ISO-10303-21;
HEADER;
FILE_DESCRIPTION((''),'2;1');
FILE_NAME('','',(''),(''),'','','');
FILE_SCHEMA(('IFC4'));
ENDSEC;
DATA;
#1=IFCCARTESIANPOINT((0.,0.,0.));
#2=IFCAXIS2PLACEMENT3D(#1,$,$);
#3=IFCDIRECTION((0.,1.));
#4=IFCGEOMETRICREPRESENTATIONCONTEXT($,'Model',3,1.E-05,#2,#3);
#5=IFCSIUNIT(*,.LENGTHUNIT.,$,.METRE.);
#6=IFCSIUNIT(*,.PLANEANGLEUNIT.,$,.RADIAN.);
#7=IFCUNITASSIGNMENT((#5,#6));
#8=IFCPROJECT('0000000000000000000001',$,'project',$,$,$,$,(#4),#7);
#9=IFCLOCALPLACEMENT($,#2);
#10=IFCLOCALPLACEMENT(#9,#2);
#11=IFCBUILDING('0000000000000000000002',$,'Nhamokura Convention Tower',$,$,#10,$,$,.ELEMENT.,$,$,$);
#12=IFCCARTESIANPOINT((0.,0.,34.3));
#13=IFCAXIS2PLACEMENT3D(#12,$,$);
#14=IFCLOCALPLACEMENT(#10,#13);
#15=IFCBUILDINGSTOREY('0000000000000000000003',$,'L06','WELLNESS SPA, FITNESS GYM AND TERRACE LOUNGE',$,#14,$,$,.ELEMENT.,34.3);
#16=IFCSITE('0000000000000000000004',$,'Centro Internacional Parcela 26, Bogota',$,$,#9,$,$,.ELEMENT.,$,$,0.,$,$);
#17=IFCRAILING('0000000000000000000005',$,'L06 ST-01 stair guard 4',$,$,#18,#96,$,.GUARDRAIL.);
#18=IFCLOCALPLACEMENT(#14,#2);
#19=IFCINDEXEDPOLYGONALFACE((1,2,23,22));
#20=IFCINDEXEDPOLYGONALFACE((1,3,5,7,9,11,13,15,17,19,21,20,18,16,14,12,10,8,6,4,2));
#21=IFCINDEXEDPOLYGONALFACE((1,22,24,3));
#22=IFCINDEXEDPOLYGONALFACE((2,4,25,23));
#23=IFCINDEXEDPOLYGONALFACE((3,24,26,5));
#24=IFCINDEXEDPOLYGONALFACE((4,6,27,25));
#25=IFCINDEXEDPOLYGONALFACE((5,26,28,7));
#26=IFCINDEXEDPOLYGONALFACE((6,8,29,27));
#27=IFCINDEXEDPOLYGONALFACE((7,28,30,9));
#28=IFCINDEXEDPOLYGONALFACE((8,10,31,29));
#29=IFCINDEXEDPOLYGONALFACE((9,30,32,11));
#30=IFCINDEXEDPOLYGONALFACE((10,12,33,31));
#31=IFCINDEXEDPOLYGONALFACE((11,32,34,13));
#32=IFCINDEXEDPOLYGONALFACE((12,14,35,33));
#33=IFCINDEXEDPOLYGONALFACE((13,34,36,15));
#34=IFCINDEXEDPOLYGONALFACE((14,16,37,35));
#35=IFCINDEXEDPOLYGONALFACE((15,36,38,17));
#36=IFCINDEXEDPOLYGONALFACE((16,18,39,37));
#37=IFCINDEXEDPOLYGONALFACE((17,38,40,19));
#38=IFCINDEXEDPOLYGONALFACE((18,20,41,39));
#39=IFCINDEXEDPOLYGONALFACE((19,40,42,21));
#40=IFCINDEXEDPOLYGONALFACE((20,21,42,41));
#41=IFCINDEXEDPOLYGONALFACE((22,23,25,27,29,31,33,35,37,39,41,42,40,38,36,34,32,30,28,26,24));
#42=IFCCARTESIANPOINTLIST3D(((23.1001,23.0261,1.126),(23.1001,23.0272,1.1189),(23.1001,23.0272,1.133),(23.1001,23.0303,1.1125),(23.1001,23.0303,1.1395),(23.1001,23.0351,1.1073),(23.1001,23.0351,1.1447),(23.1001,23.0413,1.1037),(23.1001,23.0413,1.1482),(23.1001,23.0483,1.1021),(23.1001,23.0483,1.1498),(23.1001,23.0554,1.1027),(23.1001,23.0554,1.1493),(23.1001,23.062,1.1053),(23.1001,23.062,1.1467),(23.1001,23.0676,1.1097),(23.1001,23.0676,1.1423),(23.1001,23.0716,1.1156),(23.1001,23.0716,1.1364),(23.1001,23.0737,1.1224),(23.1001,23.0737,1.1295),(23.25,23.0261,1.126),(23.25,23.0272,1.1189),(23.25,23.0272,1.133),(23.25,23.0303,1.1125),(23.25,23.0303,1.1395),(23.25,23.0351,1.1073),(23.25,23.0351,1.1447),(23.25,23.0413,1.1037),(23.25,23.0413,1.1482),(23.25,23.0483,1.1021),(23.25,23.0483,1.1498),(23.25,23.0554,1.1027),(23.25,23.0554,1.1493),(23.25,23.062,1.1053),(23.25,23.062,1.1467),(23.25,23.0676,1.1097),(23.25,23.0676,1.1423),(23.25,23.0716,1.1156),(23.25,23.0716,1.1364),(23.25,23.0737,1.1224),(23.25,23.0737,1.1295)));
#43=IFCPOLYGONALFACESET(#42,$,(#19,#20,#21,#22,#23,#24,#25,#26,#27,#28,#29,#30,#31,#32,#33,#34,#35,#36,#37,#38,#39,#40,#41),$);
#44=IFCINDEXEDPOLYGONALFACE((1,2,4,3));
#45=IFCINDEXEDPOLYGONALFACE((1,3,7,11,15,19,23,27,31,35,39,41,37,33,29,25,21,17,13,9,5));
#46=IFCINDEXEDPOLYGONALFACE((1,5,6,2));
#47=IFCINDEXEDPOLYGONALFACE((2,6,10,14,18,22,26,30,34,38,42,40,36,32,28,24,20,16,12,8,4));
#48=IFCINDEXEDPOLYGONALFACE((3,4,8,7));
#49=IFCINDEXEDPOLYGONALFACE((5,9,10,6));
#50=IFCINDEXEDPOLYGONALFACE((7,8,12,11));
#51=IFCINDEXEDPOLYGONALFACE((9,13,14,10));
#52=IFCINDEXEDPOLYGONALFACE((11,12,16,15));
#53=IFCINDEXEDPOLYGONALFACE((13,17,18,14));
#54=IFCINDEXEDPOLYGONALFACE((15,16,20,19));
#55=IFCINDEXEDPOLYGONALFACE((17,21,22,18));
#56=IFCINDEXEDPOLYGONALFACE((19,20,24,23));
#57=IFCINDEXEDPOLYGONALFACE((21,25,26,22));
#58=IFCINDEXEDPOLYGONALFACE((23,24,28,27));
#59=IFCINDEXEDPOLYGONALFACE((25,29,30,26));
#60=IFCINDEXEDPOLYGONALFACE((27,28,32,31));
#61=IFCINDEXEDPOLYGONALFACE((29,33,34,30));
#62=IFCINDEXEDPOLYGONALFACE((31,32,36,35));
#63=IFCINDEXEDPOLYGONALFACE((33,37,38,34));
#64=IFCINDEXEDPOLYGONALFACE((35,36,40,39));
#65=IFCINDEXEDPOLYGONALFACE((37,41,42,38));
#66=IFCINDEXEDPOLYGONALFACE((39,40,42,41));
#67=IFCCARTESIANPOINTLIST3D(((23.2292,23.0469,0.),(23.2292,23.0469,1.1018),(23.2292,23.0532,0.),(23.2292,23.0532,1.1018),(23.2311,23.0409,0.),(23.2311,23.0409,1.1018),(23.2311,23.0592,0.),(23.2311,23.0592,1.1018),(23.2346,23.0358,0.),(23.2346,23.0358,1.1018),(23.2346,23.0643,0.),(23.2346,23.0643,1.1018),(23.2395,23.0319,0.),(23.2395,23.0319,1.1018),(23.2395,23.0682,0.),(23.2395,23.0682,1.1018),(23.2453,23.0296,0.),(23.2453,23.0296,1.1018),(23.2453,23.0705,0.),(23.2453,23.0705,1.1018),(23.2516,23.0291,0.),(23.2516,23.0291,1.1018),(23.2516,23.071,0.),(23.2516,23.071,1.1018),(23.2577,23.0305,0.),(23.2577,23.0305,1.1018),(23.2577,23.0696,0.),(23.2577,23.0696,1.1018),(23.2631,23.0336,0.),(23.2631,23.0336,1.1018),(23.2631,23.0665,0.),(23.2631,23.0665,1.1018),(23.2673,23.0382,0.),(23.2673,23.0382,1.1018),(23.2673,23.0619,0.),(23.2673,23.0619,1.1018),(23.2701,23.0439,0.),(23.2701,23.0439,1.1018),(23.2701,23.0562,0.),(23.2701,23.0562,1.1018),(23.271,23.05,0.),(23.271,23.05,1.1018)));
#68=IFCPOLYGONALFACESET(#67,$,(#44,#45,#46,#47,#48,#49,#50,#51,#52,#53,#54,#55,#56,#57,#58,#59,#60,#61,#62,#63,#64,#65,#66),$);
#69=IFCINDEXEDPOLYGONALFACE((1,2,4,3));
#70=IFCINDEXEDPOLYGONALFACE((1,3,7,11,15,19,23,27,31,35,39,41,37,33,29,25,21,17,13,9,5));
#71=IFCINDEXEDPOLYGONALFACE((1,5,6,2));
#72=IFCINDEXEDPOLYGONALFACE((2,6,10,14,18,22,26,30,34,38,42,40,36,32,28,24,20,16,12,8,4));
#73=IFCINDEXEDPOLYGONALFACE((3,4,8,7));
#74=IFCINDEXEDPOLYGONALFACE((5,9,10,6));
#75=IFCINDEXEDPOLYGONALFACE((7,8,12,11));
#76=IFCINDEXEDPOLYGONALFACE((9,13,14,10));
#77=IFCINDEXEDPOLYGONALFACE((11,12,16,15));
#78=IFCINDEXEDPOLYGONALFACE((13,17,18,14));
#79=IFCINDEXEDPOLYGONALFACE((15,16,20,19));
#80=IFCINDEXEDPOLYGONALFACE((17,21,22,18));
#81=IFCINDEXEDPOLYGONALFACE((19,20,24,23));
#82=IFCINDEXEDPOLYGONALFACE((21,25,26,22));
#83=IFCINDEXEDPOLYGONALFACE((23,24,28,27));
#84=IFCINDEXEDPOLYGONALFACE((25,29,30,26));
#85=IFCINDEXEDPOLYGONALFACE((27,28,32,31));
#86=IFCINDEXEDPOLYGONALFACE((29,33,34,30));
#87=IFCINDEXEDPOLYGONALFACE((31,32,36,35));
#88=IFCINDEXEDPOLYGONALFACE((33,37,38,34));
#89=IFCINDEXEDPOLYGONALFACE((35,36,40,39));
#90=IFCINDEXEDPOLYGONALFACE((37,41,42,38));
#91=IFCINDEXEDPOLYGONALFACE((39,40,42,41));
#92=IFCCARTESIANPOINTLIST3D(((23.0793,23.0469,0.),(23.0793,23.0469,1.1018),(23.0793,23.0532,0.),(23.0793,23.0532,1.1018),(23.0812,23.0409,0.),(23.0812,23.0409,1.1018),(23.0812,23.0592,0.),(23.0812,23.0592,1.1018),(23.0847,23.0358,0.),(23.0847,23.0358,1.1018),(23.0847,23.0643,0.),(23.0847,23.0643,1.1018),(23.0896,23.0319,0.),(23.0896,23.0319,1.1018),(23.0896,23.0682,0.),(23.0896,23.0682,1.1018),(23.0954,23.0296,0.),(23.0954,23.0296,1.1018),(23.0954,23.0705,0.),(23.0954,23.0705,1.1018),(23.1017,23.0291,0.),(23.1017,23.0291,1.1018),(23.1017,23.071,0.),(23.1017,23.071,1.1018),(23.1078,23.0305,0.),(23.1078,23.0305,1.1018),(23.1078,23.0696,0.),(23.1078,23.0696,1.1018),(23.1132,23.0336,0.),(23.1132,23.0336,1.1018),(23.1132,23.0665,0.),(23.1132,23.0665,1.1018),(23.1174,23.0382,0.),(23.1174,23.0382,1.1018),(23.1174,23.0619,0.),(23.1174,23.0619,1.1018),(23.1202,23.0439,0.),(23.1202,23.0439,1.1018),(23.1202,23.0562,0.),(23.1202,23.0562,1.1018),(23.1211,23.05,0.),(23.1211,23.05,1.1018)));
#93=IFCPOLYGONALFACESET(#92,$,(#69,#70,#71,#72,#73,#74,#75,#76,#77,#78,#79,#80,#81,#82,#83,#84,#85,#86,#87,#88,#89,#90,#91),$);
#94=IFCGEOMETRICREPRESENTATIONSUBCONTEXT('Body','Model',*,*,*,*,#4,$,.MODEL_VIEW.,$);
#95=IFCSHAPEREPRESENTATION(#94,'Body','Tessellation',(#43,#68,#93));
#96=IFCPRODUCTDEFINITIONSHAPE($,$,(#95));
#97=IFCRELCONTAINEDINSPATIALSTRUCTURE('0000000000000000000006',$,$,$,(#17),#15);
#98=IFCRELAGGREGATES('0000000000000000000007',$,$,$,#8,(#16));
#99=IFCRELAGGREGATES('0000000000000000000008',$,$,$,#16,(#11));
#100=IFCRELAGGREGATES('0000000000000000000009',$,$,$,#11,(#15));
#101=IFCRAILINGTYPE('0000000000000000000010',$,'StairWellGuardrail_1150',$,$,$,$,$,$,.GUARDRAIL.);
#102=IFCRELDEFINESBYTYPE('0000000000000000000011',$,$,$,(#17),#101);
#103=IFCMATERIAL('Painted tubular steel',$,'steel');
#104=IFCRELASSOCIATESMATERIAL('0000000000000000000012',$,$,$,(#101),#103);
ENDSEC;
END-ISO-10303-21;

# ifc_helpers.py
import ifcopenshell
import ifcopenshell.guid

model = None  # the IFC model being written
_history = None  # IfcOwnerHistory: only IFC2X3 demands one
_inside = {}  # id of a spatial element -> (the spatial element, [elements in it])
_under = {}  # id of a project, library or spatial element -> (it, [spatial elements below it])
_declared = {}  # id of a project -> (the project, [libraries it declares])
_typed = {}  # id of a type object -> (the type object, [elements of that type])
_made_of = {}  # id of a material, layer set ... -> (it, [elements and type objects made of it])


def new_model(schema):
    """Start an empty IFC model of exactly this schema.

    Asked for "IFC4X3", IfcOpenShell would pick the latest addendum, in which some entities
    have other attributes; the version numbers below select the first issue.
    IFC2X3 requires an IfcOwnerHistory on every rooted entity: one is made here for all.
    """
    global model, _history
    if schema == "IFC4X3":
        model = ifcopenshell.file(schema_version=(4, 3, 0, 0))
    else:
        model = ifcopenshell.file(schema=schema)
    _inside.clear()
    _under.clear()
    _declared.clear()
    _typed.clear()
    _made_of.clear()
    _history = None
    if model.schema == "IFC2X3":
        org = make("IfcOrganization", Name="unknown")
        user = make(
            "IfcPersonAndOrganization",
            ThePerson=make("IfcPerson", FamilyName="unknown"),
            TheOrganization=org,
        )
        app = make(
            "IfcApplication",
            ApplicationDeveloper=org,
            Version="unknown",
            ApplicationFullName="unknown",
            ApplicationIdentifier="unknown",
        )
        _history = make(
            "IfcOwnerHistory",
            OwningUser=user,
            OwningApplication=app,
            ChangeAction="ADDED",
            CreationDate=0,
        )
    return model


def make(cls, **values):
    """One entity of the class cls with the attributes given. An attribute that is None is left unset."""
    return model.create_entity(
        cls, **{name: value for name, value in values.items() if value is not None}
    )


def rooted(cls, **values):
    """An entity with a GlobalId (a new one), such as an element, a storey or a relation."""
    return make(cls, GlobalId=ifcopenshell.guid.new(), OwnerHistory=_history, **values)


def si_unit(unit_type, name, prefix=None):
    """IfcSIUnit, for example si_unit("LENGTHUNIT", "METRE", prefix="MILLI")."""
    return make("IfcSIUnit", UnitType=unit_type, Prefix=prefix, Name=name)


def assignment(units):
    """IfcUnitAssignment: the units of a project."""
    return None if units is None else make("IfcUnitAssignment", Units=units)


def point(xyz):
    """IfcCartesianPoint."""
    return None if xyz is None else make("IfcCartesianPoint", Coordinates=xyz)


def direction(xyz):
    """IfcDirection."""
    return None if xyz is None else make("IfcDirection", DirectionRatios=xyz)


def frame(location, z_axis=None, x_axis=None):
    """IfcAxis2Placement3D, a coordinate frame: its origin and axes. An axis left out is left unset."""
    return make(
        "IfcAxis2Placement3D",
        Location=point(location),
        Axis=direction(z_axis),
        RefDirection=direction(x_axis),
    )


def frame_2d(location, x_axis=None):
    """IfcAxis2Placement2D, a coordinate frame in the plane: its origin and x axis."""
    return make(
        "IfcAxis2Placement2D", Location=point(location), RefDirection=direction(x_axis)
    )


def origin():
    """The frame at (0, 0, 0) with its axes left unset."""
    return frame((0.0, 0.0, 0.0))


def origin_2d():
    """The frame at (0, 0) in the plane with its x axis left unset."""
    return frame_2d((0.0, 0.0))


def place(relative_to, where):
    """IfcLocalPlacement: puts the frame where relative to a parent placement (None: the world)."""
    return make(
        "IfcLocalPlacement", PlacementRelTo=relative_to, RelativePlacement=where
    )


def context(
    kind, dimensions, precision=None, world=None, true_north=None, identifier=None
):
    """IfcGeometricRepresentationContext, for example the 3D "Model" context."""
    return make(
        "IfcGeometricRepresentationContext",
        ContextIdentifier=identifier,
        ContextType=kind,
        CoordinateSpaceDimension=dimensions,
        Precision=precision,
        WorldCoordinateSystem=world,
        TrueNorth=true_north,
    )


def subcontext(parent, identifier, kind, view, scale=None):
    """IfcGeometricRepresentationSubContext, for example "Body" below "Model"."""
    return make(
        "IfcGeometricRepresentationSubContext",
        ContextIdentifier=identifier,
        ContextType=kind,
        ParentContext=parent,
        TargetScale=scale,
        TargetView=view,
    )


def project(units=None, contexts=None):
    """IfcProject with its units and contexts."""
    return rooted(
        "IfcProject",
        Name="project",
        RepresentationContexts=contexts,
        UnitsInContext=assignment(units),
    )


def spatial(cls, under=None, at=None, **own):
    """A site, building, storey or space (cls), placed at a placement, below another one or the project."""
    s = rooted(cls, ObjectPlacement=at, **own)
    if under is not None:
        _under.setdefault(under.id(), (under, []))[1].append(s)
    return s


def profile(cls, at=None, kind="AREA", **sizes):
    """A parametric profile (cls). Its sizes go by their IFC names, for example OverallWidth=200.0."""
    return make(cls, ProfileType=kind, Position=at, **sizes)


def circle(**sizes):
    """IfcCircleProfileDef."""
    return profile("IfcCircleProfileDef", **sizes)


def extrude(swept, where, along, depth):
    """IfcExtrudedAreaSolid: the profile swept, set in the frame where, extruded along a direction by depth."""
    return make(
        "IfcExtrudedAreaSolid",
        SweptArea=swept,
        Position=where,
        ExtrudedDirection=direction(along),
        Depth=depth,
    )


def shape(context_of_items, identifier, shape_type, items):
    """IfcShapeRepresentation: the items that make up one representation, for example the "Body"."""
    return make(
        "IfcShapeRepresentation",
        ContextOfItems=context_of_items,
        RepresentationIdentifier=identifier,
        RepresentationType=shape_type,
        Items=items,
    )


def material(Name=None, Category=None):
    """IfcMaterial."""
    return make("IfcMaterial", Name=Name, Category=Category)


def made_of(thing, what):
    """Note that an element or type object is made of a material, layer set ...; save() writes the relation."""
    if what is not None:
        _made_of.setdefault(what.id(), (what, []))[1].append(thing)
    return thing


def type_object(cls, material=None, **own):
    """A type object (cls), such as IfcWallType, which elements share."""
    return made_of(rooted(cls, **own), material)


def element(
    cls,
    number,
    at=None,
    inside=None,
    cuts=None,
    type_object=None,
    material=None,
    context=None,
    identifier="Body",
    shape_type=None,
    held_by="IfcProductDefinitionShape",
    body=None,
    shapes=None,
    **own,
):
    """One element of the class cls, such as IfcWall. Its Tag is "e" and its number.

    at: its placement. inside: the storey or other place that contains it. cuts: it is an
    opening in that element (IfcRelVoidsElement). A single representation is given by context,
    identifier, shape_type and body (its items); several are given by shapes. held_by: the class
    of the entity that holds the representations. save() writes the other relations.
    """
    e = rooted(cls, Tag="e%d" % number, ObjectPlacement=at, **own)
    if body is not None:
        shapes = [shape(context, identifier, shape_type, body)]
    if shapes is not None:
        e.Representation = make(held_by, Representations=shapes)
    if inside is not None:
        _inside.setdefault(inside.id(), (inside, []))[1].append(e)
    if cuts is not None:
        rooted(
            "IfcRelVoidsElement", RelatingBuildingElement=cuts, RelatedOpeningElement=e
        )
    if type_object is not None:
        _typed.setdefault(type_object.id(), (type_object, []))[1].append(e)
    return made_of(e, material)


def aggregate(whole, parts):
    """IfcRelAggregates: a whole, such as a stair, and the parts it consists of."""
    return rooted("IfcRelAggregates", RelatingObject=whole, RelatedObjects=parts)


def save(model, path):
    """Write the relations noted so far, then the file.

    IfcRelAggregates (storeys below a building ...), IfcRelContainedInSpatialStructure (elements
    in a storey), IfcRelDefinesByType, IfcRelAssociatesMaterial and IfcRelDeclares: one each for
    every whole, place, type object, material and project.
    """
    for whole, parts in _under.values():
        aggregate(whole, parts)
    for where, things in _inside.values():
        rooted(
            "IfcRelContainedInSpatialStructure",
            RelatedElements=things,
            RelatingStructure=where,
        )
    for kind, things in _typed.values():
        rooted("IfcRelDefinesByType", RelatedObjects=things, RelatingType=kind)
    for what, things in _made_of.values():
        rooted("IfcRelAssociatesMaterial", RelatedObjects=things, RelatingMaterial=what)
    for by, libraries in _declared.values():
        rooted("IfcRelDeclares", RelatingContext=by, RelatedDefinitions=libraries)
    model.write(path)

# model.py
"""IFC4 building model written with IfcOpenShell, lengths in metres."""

from ifc_helpers import new_model, si_unit, direction, frame, origin, origin_2d, place, context, subcontext, project, spatial, circle, extrude, material, type_object, element, save


model = new_model("IFC4")

# Units and contexts
model_context = context("Model", 3, precision=1e-05, world=origin(), true_north=direction((0.0, 1.0)))
body_context = subcontext(model_context, "Body", "Model", "MODEL_VIEW")
ifc_project = project(units=[si_unit("LENGTHUNIT", "METRE"), si_unit("PLANEANGLEUNIT", "RADIAN")], contexts=[model_context])

# Site, building, storey
site_placement = place(None, origin())
site = spatial("IfcSite", under=ifc_project, at=site_placement, Name="Centro Internacional Parcela 26, Bogota", CompositionType="ELEMENT", RefElevation=0.0)
building_placement = place(site_placement, origin())
building = spatial("IfcBuilding", under=site, at=building_placement, Name="Nhamokura Convention Tower", CompositionType="ELEMENT")
storey_placement = place(building_placement, frame((0.0, 0.0, 34.3)))
storey = spatial("IfcBuildingStorey", under=building, at=storey_placement, Name="L06", Description="WELLNESS SPA, FITNESS GYM AND TERRACE LOUNGE", CompositionType="ELEMENT", Elevation=34.3)

# Railing
ifc_material_1 = material(Name="Painted tubular steel", Category="steel")
railing_type_1 = type_object("IfcRailingType", Name="StairWellGuardrail_1150", PredefinedType="GUARDRAIL", material=ifc_material_1)
railing_1_placement = place(storey_placement, frame((23.25, 23.05, 0.0)))
element("IfcRailing", 1, at=railing_1_placement, inside=storey, type_object=railing_type_1, Name="L06 ST-01 stair guard 4", PredefinedType="GUARDRAIL", context=body_context, shape_type="SweptSolid", body=[
    extrude(circle(Radius=0.0239, at=origin_2d()), frame((0.0, 0.0, 1.126), z_axis=(-1.0, 0.0, 0.0), x_axis=(0.0, -1.0, 0.0)), (0.0, 0.0, 1.0), 0.1499),
    extrude(circle(Radius=0.021, at=origin_2d()), origin(), (0.0, 0.0, 1.0), 1.1018),
    extrude(circle(Radius=0.021, at=origin_2d()), frame((-0.1499, 0.0, 0.0)), (0.0, 0.0, 1.0), 1.1018),
])

save(model, "model.ifc")
